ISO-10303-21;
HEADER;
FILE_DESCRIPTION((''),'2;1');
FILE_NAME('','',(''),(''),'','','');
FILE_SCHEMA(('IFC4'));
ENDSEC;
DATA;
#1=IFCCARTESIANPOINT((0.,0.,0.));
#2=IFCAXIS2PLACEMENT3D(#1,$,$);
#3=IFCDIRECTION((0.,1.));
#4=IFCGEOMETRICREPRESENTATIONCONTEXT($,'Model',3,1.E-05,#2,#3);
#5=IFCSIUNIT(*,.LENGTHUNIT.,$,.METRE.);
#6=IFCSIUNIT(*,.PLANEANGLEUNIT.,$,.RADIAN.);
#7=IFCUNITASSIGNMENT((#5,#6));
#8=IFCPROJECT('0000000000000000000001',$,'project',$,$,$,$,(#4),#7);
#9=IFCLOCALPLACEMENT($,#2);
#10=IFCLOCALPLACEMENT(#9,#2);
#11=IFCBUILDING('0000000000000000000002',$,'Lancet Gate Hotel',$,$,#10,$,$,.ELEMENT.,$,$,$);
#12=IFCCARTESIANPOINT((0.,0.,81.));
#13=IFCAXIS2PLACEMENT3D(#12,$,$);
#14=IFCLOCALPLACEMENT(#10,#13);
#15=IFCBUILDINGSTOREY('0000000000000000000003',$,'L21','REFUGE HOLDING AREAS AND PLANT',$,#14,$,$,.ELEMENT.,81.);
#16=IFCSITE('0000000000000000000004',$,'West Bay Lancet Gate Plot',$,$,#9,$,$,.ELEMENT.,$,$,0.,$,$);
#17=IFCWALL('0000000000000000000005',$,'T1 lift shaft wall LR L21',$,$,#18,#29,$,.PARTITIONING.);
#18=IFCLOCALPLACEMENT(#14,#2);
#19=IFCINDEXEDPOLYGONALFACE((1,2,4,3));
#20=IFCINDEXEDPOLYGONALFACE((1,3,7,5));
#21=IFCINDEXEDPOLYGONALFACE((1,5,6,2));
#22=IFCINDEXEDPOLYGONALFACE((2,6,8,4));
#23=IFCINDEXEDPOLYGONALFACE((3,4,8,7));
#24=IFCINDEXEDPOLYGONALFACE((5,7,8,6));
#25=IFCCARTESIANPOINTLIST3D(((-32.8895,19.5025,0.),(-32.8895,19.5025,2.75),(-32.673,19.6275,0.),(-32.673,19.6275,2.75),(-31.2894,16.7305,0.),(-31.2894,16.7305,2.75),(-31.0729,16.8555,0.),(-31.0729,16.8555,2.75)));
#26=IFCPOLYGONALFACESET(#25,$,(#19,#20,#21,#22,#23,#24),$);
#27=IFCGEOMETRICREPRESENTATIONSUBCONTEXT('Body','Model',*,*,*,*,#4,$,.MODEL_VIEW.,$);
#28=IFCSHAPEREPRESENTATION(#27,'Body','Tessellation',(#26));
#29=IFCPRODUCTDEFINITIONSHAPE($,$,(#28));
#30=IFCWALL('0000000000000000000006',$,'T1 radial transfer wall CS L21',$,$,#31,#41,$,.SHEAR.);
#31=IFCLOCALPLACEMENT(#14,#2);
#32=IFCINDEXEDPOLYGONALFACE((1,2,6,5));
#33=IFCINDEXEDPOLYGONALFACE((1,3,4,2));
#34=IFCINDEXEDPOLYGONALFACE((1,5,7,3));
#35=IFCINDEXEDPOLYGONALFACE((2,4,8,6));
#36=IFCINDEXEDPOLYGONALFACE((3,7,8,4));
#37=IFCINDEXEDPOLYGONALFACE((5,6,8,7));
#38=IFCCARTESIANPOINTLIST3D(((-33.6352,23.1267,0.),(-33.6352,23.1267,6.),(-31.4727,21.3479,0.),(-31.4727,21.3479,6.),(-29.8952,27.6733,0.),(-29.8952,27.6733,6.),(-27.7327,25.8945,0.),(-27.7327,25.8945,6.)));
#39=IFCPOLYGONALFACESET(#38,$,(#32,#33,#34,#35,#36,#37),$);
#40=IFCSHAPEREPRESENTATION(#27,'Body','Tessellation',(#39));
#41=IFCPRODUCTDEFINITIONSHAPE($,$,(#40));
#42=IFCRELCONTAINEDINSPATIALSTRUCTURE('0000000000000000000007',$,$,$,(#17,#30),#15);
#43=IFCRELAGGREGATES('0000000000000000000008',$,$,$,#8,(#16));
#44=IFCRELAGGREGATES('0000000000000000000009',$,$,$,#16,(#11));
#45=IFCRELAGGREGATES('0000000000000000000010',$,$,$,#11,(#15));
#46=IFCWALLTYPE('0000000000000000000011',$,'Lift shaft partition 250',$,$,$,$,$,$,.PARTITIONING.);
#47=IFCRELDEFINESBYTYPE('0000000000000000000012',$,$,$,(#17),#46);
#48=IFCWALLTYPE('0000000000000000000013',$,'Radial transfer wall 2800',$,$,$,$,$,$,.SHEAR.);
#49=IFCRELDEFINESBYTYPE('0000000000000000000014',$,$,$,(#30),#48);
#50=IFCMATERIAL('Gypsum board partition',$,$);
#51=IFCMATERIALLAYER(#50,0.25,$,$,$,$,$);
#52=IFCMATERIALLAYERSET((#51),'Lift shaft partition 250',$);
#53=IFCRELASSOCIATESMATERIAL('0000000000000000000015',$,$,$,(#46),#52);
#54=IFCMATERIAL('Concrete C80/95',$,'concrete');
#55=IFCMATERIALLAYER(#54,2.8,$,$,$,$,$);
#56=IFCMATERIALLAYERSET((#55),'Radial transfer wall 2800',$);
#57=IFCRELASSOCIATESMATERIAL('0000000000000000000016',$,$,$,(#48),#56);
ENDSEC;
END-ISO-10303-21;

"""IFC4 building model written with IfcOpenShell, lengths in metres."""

from ifc_helpers import new_model, si_unit, direction, frame, frame_2d, origin, place, context, subcontext, project, spatial, rectangle, extrude, material, layer, layer_set, type_object, element, save


model = new_model("IFC4")

# Units and contexts
model_context = context("Model", 3, precision=1e-05, world=origin(), true_north=direction((0.0, 1.0)))
body_context = subcontext(model_context, "Body", "Model", "MODEL_VIEW")
ifc_project = project(units=[si_unit("LENGTHUNIT", "METRE"), si_unit("PLANEANGLEUNIT", "RADIAN")], contexts=[model_context])

# Site, building, storey
site_placement = place(None, origin())
site = spatial("IfcSite", under=ifc_project, at=site_placement, Name="West Bay Lancet Gate Plot", CompositionType="ELEMENT", RefElevation=0.0)
building_placement = place(site_placement, origin())
building = spatial("IfcBuilding", under=site, at=building_placement, Name="Lancet Gate Hotel", CompositionType="ELEMENT")
storey_placement = place(building_placement, frame((0.0, 0.0, 81.0)))
storey = spatial("IfcBuildingStorey", under=building, at=storey_placement, Name="L21", Description="REFUGE HOLDING AREAS AND PLANT", CompositionType="ELEMENT", Elevation=81.0)

# Walls
ifc_material_1 = material(Name="Gypsum board partition")
ifc_layer_1 = layer(ifc_material_1, 0.25)
ifc_layer_set_1 = layer_set([ifc_layer_1], Name="Lift shaft partition 250")
wall_type_1 = type_object("IfcWallType", Name="Lift shaft partition 250", PredefinedType="PARTITIONING", material=ifc_layer_set_1)
wall_1_placement = place(storey_placement, frame((-31.1812, 16.793, 0.0), z_axis=(0.0, 0.0, 1.0), x_axis=(-0.499929, 0.866066, 0.0)))
element("IfcWall", 1, at=wall_1_placement, inside=storey, type_object=wall_type_1, Name="T1 lift shaft wall LR L21", PredefinedType="PARTITIONING", context=body_context, shape_type="SweptSolid", body=[
    extrude(rectangle(XDim=3.2007, YDim=0.25, at=frame_2d((1.6003, 0.0))), origin(), (0.0, 0.0, 1.0), 2.75),
])
ifc_material_2 = material(Name="Concrete C80/95", Category="concrete")
ifc_layer_2 = layer(ifc_material_2, 2.8)
ifc_layer_set_2 = layer_set([ifc_layer_2], Name="Radial transfer wall 2800")
wall_type_2 = type_object("IfcWallType", Name="Radial transfer wall 2800", PredefinedType="SHEAR", material=ifc_layer_set_2)
wall_2_placement = place(storey_placement, frame((-28.814, 26.7839, 0.0), z_axis=(0.0, 0.0, 1.0), x_axis=(-0.635273, -0.772288, 0.0)))
element("IfcWall", 2, at=wall_2_placement, inside=storey, type_object=wall_type_2, Name="T1 radial transfer wall CS L21", PredefinedType="SHEAR", context=body_context, shape_type="SweptSolid", body=[
    extrude(rectangle(XDim=5.8872, YDim=2.8, at=frame_2d((2.9436, 0.0))), origin(), (0.0, 0.0, 1.0), 6.0),
])

save(model, "model.ifc")
